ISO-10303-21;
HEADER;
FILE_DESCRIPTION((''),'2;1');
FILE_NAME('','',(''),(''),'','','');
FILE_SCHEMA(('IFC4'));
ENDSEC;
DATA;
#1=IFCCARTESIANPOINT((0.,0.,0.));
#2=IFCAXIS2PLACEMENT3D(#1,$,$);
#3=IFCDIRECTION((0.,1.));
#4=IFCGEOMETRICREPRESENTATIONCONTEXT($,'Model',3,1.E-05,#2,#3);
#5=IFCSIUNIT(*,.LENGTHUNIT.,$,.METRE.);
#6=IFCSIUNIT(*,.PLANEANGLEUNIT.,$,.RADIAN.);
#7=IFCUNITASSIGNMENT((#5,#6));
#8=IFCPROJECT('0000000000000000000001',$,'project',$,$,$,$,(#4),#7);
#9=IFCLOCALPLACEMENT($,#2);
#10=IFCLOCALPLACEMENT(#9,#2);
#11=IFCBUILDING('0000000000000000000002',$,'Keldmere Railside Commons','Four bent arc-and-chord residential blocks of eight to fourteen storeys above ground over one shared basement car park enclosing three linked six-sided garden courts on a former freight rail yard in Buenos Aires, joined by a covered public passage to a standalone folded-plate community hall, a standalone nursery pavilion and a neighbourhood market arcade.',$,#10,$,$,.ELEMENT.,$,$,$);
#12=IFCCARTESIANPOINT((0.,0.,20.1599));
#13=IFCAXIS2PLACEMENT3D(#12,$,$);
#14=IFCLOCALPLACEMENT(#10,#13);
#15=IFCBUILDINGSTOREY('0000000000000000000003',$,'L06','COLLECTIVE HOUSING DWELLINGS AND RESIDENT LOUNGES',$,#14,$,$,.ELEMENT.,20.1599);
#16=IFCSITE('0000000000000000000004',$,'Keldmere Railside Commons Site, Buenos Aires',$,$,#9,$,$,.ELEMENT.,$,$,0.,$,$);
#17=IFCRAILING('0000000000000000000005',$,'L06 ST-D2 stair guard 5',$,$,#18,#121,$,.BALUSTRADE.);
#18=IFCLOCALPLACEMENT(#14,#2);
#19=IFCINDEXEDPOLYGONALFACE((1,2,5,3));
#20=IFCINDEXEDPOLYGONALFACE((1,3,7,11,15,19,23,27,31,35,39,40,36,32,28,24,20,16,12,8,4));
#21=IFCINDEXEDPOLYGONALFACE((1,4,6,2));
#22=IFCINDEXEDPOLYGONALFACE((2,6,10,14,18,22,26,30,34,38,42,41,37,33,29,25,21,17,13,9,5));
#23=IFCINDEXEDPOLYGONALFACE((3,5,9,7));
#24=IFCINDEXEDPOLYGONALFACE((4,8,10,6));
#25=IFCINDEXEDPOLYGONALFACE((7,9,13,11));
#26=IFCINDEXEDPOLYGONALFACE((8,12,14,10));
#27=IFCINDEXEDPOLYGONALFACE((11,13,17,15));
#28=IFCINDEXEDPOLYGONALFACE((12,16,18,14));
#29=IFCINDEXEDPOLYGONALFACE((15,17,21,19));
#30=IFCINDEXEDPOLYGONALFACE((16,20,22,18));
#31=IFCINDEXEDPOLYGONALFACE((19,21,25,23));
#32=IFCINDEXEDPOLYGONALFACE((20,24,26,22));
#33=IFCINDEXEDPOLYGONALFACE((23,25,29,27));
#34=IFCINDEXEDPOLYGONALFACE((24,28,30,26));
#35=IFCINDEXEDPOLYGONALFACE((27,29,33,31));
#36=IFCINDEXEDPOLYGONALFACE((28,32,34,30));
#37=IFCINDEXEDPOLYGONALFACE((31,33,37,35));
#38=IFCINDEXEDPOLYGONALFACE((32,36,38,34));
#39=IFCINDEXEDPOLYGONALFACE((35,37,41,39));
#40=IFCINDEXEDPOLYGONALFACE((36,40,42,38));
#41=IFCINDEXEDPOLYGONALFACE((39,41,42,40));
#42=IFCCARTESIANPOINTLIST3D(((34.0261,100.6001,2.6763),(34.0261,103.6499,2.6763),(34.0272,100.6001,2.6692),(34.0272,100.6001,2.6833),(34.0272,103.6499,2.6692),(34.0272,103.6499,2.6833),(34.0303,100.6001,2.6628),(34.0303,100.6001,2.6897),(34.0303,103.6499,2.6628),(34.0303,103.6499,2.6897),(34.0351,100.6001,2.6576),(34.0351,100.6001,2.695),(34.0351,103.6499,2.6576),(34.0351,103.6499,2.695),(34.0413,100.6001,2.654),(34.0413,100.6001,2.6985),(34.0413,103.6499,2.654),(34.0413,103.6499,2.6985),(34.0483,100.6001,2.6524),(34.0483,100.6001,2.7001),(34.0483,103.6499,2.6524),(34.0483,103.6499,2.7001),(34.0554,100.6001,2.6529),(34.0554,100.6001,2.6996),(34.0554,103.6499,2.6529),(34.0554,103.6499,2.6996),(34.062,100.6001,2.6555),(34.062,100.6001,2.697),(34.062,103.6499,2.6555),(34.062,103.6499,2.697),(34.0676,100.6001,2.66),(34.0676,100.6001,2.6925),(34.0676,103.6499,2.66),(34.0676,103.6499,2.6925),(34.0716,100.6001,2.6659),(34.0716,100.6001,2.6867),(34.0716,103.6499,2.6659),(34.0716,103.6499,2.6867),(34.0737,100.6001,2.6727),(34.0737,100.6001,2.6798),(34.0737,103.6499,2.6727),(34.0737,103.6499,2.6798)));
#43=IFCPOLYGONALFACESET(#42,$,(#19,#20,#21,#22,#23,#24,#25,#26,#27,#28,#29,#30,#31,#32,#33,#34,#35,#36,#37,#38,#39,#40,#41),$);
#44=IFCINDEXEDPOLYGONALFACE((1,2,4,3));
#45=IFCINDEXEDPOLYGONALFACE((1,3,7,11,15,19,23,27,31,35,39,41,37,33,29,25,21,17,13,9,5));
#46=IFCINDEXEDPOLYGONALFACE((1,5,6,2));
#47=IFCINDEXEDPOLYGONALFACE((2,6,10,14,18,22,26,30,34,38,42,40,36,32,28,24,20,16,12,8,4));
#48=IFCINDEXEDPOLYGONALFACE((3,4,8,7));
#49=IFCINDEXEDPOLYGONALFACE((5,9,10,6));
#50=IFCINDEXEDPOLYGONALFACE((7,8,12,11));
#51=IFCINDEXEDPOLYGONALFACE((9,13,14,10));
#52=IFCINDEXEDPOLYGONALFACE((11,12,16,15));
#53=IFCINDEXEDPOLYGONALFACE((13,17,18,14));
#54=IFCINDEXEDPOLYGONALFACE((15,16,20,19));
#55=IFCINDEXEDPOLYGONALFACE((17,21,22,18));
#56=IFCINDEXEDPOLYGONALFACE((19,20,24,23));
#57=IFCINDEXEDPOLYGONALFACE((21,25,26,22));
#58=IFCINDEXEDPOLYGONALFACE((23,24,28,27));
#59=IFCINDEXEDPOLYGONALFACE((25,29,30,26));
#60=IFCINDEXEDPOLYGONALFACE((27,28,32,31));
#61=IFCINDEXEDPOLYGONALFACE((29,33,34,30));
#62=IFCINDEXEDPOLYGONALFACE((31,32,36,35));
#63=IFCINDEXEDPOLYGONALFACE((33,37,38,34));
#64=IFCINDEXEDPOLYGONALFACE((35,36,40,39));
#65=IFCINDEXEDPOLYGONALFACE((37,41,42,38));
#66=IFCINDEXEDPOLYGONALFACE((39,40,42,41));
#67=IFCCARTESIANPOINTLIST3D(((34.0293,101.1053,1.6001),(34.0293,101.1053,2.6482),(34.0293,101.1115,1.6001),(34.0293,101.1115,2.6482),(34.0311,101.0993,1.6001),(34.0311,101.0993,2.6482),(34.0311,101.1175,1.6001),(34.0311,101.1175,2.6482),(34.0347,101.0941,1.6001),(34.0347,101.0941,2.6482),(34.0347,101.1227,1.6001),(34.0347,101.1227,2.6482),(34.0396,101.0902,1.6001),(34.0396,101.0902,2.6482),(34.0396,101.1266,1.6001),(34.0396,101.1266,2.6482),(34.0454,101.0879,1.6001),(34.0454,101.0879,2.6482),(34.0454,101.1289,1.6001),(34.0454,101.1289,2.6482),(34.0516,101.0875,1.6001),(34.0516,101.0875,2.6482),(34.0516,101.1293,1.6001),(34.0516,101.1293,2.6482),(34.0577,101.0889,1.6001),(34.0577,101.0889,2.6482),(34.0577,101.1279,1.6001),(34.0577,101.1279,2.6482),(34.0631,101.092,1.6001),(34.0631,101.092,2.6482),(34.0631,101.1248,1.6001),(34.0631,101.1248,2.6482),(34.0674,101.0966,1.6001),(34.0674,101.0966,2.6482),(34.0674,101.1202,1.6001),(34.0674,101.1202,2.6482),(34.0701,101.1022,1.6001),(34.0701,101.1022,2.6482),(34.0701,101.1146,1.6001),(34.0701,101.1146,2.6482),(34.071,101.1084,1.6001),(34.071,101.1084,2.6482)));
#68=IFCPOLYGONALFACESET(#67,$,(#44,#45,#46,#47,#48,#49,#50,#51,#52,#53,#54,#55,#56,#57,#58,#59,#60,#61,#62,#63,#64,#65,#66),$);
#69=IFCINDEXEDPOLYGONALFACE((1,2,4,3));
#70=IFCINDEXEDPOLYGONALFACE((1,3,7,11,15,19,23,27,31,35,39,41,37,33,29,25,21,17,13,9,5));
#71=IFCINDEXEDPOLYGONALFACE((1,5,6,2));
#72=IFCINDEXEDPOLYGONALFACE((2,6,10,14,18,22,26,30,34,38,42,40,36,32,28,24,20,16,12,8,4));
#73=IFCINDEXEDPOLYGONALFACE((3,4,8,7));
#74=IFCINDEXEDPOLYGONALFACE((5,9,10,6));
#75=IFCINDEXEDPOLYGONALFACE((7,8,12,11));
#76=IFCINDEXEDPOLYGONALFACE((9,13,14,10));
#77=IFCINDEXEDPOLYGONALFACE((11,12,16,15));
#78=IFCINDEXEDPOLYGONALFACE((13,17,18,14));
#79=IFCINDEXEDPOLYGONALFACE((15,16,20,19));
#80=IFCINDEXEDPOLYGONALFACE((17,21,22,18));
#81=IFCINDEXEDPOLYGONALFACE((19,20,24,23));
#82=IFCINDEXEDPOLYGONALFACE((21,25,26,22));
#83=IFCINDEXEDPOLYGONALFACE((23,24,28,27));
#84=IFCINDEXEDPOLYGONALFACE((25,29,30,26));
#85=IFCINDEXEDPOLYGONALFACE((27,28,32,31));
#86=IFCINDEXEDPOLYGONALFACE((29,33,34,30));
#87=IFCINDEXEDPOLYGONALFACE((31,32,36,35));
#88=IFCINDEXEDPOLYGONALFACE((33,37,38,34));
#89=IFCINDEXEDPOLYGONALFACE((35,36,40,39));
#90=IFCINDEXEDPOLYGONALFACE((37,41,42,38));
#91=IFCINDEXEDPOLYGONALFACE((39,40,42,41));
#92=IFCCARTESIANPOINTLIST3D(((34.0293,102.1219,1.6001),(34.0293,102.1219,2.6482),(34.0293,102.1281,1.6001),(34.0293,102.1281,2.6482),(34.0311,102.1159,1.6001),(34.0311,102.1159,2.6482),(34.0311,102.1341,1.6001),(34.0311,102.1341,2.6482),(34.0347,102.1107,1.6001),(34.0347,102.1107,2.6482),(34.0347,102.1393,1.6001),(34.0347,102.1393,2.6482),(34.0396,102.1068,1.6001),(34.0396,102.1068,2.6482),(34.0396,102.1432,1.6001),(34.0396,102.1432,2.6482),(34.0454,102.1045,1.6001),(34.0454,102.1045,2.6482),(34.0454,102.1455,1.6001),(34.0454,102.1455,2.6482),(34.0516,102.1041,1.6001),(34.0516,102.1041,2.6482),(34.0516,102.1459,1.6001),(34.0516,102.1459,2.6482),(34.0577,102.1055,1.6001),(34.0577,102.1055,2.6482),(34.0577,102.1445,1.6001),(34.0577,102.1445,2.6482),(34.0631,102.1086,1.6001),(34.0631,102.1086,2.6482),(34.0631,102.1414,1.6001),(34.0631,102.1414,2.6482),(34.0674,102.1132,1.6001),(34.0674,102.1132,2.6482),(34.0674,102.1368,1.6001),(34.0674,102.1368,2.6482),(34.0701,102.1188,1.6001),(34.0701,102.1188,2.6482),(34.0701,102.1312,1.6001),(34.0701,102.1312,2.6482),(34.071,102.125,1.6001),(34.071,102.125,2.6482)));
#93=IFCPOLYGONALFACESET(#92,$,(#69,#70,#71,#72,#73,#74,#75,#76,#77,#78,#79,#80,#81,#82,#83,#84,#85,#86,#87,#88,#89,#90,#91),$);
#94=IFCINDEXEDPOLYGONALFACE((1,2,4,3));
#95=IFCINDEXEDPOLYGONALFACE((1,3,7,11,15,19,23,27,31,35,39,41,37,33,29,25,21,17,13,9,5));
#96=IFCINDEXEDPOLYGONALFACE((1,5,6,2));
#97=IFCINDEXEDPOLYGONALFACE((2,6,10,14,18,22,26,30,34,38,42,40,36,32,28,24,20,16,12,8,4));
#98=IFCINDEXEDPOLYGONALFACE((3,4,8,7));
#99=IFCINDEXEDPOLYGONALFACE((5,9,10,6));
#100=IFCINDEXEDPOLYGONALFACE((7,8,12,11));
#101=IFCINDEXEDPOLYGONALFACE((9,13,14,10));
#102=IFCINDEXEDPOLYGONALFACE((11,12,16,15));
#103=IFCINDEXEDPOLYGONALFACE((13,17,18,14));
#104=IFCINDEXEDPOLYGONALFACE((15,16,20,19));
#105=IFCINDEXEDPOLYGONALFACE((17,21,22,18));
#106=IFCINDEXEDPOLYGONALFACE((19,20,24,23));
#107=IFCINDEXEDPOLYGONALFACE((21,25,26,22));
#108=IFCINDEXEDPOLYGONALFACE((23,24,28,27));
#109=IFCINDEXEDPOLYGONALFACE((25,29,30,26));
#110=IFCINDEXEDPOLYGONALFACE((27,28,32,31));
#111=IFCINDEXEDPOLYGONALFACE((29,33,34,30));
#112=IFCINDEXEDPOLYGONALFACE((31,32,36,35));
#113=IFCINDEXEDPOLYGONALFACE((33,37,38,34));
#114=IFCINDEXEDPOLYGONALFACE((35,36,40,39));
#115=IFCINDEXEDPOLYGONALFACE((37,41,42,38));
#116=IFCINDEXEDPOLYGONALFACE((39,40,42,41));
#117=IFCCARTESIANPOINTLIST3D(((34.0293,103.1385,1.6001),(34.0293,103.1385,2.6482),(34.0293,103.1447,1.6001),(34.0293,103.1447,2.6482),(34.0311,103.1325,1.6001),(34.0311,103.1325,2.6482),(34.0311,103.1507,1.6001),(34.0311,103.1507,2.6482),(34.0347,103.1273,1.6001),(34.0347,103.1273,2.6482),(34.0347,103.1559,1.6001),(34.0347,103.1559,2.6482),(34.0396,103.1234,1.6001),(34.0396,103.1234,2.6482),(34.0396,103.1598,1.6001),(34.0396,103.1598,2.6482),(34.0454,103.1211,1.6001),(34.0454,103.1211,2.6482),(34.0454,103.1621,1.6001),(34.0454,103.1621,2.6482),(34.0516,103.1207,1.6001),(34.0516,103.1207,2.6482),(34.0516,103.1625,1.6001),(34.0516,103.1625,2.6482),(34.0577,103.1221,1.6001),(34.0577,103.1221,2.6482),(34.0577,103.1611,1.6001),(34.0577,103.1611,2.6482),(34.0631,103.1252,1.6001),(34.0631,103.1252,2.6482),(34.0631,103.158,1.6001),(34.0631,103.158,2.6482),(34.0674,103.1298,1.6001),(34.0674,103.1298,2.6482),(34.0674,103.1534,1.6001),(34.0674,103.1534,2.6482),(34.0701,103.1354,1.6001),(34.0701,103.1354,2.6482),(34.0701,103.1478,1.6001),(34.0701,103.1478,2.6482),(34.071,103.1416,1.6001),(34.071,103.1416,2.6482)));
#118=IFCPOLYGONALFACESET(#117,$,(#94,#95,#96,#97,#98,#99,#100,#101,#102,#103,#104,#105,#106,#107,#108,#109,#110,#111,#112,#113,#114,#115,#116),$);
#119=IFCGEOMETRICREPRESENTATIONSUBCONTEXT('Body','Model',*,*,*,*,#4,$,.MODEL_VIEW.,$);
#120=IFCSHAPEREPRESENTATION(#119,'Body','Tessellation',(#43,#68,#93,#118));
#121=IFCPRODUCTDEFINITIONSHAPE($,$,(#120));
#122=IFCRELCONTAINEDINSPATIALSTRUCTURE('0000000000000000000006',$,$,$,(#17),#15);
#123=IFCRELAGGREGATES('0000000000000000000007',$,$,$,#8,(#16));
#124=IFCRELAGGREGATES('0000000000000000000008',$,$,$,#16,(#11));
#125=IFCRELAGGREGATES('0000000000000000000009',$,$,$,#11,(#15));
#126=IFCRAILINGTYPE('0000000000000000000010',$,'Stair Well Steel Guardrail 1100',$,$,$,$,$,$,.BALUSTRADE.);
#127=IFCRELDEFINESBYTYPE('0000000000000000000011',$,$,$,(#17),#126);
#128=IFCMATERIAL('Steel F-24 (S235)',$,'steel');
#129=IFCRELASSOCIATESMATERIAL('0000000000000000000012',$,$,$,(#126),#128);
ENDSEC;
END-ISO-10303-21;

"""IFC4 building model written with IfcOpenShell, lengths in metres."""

from ifc_helpers import new_model, si_unit, direction, frame, origin, origin_2d, place, context, subcontext, project, spatial, circle, extrude, material, type_object, element, save


model = new_model("IFC4")

# Units and contexts
model_context = context("Model", 3, precision=1e-05, world=origin(), true_north=direction((0.0, 1.0)))
body_context = subcontext(model_context, "Body", "Model", "MODEL_VIEW")
ifc_project = project(units=[si_unit("LENGTHUNIT", "METRE"), si_unit("PLANEANGLEUNIT", "RADIAN")], contexts=[model_context])

# Site, building, storey
site_placement = place(None, origin())
site = spatial("IfcSite", under=ifc_project, at=site_placement, Name="Keldmere Railside Commons Site, Buenos Aires", CompositionType="ELEMENT", RefElevation=0.0)
building_placement = place(site_placement, origin())
building = spatial("IfcBuilding", under=site, at=building_placement, Name="Keldmere Railside Commons", Description="Four bent arc-and-chord residential blocks of eight to fourteen storeys above ground over one shared basement car park enclosing three linked six-sided garden courts on a former freight rail yard in Buenos Aires, joined by a covered public passage to a standalone folded-plate community hall, a standalone nursery pavilion and a neighbourhood market arcade.", CompositionType="ELEMENT")
storey_placement = place(building_placement, frame((0.0, 0.0, 20.1599)))
storey = spatial("IfcBuildingStorey", under=building, at=storey_placement, Name="L06", Description="COLLECTIVE HOUSING DWELLINGS AND RESIDENT LOUNGES", CompositionType="ELEMENT", Elevation=20.1599)

# Railing
ifc_material_1 = material(Name="Steel F-24 (S235)", Category="steel")
railing_type_1 = type_object("IfcRailingType", Name="Stair Well Steel Guardrail 1100", PredefinedType="BALUSTRADE", material=ifc_material_1)
railing_1_placement = place(storey_placement, frame((34.05, 100.6001, 1.6001)))
element("IfcRailing", 1, at=railing_1_placement, inside=storey, type_object=railing_type_1, Name="L06 ST-D2 stair guard 5", PredefinedType="BALUSTRADE", context=body_context, shape_type="SweptSolid", body=[
    extrude(circle(Radius=0.0239, at=origin_2d()), frame((0.0, 0.0, 1.0762), z_axis=(0.0, 1.0, 0.0), x_axis=(-1.0, 0.0, 0.0)), (0.0, 0.0, 1.0), 3.0498),
    extrude(circle(Radius=0.021, at=origin_2d()), frame((0.0, 0.5083, 0.0)), (0.0, 0.0, 1.0), 1.0481),
    extrude(circle(Radius=0.021, at=origin_2d()), frame((0.0, 1.5249, 0.0)), (0.0, 0.0, 1.0), 1.0481),
    extrude(circle(Radius=0.021, at=origin_2d()), frame((0.0, 2.5415, 0.0)), (0.0, 0.0, 1.0), 1.0481),
])

save(model, "model.ifc")
